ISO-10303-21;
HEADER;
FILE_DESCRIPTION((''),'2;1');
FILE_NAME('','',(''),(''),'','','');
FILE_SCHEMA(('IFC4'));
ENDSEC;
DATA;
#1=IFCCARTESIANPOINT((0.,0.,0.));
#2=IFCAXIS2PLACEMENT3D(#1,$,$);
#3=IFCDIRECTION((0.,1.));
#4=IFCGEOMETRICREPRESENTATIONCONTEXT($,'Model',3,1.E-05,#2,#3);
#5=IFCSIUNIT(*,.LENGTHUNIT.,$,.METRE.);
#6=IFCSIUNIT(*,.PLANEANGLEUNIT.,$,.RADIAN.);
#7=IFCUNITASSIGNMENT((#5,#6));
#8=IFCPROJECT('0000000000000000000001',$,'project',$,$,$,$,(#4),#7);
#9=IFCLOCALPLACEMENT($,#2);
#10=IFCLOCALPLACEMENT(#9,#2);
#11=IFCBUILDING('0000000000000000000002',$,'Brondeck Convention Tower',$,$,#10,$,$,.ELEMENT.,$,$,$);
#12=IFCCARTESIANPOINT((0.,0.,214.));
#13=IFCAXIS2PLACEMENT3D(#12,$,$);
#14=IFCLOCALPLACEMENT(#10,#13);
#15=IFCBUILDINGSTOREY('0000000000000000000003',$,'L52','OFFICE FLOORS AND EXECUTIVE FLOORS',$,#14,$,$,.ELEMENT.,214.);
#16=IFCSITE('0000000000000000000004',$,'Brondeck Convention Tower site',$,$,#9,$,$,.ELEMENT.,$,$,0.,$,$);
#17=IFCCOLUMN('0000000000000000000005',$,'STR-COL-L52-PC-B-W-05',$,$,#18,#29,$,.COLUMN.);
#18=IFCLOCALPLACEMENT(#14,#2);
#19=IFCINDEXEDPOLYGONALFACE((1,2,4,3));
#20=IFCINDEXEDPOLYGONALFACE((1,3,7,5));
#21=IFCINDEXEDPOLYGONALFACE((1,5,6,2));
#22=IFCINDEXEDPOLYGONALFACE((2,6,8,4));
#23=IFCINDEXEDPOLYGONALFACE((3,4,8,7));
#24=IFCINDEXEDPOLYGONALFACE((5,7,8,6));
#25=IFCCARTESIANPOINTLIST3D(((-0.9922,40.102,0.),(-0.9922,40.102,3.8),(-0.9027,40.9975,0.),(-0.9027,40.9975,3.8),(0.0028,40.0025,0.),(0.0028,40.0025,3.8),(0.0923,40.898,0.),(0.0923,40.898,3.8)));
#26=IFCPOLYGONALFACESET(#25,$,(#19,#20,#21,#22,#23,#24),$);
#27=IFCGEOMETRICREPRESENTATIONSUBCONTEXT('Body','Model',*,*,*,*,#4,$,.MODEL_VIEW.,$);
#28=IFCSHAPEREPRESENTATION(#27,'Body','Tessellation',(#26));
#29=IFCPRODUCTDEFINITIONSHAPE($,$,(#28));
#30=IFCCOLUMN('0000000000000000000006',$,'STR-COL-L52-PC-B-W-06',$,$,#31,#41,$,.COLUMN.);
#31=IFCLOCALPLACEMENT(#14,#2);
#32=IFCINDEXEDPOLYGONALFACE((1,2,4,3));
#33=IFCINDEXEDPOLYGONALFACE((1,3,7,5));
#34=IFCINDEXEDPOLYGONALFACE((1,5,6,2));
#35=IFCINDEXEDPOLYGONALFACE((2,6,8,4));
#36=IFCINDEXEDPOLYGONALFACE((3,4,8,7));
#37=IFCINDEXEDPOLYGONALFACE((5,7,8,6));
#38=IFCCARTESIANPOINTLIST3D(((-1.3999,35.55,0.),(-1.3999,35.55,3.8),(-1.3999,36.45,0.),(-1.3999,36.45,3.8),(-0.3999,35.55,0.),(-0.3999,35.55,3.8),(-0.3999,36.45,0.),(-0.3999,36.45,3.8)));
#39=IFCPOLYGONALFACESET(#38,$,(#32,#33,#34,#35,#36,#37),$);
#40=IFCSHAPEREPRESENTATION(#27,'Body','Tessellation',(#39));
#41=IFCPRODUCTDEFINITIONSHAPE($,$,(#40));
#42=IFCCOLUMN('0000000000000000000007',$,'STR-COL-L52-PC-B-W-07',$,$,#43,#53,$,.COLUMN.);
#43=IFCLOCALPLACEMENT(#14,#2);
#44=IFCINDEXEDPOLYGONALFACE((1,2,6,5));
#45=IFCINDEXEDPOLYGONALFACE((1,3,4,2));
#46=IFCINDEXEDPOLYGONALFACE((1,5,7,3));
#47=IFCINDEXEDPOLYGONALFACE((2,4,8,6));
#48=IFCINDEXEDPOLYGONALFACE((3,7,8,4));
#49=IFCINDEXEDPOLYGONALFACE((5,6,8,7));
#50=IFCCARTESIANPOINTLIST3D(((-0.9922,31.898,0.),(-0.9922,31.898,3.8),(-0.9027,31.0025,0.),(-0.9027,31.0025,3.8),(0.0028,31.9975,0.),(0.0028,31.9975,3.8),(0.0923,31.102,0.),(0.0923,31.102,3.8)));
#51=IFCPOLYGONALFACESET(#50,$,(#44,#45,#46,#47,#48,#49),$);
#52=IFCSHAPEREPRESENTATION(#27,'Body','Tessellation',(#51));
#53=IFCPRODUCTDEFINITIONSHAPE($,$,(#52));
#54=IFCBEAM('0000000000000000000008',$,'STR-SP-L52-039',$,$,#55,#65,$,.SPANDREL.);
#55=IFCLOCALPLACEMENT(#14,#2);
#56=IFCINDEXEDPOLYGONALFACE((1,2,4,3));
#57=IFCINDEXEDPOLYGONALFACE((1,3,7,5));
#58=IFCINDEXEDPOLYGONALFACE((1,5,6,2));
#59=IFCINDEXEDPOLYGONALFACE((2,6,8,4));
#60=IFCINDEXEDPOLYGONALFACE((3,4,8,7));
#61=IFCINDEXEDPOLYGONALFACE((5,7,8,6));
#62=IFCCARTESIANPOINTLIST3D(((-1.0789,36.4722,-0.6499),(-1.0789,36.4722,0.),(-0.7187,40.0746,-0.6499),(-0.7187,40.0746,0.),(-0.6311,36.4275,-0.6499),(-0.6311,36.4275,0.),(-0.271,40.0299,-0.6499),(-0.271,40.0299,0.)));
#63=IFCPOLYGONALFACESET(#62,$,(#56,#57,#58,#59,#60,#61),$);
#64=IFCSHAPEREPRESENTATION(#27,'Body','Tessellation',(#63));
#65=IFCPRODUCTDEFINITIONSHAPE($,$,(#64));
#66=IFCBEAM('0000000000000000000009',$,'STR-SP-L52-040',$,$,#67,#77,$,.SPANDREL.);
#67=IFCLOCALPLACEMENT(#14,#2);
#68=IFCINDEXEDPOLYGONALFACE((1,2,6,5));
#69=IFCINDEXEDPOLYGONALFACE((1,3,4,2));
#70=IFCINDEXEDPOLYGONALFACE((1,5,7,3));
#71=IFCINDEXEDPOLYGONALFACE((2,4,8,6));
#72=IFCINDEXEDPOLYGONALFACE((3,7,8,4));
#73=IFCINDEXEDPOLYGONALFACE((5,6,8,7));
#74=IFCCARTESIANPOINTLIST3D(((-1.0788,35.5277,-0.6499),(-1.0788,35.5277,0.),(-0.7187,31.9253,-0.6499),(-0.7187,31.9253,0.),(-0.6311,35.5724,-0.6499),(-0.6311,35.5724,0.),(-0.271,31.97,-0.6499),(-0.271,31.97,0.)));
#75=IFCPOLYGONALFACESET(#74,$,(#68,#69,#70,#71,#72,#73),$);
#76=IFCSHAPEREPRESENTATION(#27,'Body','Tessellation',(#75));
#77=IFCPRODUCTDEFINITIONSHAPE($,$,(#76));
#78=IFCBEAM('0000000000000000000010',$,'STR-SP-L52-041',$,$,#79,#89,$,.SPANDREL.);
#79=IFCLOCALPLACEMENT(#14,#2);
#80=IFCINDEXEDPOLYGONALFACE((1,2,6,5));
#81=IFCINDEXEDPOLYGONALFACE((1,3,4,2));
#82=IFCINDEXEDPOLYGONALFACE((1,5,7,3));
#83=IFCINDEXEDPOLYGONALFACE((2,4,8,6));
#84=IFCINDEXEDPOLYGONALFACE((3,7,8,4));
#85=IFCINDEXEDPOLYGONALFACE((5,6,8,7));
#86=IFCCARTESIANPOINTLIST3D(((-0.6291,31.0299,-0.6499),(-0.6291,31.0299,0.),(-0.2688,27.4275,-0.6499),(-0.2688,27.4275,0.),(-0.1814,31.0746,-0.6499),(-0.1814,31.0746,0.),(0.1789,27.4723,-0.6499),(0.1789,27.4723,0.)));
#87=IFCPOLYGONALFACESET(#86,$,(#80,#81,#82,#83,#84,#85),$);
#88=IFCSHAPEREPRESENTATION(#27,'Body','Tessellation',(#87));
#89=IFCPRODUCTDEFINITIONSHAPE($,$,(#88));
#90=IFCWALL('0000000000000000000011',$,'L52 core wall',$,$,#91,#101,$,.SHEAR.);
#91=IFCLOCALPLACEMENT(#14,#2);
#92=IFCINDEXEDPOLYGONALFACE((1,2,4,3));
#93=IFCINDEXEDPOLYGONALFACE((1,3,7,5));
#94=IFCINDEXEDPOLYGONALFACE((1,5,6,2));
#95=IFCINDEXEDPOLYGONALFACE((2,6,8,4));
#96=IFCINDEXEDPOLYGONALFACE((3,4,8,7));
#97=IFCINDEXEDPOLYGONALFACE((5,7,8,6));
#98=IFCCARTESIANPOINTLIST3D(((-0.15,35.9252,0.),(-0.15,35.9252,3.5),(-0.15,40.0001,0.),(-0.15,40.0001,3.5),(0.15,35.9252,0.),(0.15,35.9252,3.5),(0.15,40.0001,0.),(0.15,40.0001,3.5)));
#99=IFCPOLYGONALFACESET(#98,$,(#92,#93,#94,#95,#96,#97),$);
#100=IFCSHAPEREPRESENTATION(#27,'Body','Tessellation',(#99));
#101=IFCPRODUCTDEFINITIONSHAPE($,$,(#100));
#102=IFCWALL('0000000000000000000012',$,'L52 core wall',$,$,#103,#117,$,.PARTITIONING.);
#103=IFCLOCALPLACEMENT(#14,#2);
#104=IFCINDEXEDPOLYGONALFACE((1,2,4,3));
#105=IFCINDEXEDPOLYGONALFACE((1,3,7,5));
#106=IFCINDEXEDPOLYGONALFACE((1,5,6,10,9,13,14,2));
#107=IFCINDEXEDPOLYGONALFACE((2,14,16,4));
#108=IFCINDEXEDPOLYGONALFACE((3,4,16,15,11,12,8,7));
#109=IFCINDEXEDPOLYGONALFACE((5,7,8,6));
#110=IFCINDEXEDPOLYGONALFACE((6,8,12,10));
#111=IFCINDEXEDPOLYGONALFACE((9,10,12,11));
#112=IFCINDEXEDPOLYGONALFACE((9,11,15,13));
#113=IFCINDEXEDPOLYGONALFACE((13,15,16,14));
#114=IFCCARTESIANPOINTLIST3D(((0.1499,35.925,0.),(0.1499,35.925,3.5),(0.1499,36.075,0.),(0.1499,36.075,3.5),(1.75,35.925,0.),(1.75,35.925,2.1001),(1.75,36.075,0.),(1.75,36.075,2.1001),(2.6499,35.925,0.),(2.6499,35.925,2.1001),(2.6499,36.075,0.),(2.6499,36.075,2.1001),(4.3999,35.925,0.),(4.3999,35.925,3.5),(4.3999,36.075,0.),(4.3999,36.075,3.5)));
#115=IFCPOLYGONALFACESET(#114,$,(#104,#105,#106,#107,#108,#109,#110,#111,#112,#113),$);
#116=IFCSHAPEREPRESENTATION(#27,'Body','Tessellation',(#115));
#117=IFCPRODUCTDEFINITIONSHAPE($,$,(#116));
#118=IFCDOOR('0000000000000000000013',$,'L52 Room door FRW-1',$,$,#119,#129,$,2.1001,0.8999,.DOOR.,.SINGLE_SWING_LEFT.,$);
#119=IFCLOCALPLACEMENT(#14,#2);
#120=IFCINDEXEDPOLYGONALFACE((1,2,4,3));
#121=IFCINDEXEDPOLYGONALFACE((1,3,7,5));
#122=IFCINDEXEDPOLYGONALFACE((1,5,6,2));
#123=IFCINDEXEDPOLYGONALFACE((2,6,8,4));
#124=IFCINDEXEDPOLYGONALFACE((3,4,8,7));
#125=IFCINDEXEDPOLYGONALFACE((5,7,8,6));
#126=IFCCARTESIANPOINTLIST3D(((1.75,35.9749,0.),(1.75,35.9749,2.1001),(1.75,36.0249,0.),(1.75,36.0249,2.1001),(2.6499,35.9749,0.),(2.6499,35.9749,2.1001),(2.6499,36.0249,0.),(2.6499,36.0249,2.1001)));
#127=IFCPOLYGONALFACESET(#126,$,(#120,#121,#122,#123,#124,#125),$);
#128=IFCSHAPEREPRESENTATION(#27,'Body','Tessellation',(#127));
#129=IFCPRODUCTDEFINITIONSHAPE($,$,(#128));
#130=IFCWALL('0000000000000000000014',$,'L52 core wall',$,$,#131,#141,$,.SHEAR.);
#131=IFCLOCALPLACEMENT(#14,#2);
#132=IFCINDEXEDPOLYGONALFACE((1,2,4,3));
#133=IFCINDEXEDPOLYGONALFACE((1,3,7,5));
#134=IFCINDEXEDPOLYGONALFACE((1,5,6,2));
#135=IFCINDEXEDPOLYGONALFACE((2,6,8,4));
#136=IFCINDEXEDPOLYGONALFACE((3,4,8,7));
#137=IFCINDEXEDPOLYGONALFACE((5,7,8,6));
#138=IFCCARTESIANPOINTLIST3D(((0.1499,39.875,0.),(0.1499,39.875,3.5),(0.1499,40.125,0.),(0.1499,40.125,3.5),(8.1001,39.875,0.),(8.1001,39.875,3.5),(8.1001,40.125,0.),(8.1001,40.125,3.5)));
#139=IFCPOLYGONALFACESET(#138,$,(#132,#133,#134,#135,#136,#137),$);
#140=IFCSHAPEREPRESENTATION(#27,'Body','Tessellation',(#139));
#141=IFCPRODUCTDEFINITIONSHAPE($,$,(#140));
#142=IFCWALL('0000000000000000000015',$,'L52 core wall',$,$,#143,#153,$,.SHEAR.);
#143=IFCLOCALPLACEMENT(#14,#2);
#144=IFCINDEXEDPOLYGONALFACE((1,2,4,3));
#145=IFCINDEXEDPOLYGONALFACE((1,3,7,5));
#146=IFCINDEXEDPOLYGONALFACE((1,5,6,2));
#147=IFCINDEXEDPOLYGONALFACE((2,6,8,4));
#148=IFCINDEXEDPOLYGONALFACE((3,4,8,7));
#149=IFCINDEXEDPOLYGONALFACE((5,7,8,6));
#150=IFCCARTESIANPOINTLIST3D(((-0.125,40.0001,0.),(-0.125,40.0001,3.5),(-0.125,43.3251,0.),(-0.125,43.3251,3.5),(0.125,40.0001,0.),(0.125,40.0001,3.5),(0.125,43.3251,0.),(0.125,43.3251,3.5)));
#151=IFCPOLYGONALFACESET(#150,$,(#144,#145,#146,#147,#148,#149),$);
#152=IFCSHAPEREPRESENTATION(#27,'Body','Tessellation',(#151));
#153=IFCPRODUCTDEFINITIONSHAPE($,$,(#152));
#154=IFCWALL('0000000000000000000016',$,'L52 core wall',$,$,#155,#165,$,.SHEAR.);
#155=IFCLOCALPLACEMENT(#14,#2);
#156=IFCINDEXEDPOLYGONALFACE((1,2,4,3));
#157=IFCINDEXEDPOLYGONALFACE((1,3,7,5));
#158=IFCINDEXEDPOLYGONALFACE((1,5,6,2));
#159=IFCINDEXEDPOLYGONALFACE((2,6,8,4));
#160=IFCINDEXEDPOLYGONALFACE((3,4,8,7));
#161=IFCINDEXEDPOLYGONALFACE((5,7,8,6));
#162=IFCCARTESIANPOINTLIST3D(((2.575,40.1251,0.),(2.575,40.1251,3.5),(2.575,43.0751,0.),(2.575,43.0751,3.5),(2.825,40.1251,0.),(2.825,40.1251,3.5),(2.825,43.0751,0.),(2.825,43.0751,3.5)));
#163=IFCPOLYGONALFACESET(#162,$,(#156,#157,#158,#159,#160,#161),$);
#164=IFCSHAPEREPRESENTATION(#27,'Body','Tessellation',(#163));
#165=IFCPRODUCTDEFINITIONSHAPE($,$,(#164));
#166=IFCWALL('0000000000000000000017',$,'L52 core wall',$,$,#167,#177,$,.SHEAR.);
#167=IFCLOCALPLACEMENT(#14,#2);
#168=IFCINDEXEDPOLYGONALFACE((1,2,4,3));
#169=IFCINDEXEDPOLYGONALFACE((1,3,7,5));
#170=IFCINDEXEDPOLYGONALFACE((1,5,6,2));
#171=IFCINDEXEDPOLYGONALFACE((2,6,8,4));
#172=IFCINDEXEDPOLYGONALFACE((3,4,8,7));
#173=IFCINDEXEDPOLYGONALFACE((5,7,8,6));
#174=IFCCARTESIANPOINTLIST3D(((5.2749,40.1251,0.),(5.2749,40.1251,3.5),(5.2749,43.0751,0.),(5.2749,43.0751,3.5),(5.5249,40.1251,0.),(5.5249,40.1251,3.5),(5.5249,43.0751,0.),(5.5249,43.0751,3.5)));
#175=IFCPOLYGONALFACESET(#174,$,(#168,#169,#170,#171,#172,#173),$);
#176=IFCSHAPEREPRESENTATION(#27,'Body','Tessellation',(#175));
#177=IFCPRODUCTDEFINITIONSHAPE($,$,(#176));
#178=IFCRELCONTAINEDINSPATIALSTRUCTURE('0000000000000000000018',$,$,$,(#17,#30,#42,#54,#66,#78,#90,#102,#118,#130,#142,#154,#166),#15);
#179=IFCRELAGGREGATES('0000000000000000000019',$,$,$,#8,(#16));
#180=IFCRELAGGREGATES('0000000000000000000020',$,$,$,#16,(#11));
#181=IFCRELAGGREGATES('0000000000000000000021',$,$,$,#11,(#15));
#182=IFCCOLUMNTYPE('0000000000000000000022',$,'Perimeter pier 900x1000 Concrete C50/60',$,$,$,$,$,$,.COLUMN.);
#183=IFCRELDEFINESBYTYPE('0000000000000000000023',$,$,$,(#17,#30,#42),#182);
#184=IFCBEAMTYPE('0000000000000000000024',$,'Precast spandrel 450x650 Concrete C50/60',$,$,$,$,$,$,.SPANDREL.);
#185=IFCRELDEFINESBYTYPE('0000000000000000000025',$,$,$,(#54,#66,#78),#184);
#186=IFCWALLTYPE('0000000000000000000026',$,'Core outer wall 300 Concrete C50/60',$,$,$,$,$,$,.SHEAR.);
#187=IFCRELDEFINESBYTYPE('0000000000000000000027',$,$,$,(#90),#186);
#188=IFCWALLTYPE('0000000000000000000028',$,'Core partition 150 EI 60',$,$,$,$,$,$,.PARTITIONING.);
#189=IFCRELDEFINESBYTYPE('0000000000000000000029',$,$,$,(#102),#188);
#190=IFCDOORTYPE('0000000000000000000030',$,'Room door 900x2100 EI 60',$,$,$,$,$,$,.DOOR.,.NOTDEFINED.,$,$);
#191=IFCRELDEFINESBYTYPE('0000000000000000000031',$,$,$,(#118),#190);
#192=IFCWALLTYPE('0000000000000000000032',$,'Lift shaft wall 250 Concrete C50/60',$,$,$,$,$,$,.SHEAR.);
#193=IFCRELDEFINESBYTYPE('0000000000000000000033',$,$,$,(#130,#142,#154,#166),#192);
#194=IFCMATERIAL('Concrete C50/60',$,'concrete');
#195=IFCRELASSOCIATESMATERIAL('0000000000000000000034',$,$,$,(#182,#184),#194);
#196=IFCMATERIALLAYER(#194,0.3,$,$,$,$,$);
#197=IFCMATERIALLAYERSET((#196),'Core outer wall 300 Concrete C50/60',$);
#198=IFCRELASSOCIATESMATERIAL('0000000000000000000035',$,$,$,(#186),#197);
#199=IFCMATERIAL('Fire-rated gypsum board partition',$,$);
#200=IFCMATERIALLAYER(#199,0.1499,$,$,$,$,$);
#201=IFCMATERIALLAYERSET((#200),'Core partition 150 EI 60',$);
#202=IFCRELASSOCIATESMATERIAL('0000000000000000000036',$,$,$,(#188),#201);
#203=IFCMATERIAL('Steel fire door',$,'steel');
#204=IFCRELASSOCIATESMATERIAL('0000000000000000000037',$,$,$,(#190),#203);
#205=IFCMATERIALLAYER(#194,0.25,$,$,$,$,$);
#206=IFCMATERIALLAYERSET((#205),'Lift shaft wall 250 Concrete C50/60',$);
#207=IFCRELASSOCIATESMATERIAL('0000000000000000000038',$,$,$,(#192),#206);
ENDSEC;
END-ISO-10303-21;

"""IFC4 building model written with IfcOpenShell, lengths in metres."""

from ifc_helpers import new_model, si_unit, direction, frame, frame_2d, origin, origin_2d, place, context, subcontext, project, spatial, rectangle, extrude, material, layer, layer_set, material_profile, profile_set, type_object, element, fill, save


model = new_model("IFC4")

# Units and contexts
model_context = context("Model", 3, precision=1e-05, world=origin(), true_north=direction((0.0, 1.0)))
body_context = subcontext(model_context, "Body", "Model", "MODEL_VIEW")
ifc_project = project(units=[si_unit("LENGTHUNIT", "METRE"), si_unit("PLANEANGLEUNIT", "RADIAN")], contexts=[model_context])

# Site, building, storey
site_placement = place(None, origin())
site = spatial("IfcSite", under=ifc_project, at=site_placement, Name="Brondeck Convention Tower site", CompositionType="ELEMENT", RefElevation=0.0)
building_placement = place(site_placement, origin())
building = spatial("IfcBuilding", under=site, at=building_placement, Name="Brondeck Convention Tower", CompositionType="ELEMENT")
storey_placement = place(building_placement, frame((0.0, 0.0, 214.0)))
storey = spatial("IfcBuildingStorey", under=building, at=storey_placement, Name="L52", Description="OFFICE FLOORS AND EXECUTIVE FLOORS", CompositionType="ELEMENT", Elevation=214.0)

# Columns
ifc_material_1 = material(Name="Concrete C50/60", Category="concrete")
ifc_material_profile_1 = material_profile(ifc_material_1, rectangle(XDim=0.8999, YDim=1.0, at=origin_2d()), Name="Perimeter pier 900x1000 Concrete C50/60")
ifc_profile_set_1 = profile_set([ifc_material_profile_1], Name="Concrete C50/60")
column_type = type_object("IfcColumnType", Name="Perimeter pier 900x1000 Concrete C50/60", PredefinedType="COLUMN", material=ifc_profile_set_1)
for number, where, z_axis, x_axis, name in (
    (1, (-0.45, 40.5, 0.0), (0.0, 0.0, 1.0), (-0.099504, -0.995037, 0.0), "STR-COL-L52-PC-B-W-05"),
    (2, (-0.8999, 36.0, 0.0), (0.0, 0.0, 1.0), (0.0, -1.0, 0.0), "STR-COL-L52-PC-B-W-06"),
    (3, (-0.45, 31.5, 0.0), (0.0, 0.0, 1.0), (0.099504, -0.995037, 0.0), "STR-COL-L52-PC-B-W-07"),
):
    element("IfcColumn", number, at=place(storey_placement, frame(where, z_axis=z_axis, x_axis=x_axis)), inside=storey, type_object=column_type, Name=name, PredefinedType="COLUMN", context=body_context, shape_type="SweptSolid", body=[
        extrude(rectangle(XDim=0.8999, YDim=1.0, at=origin_2d()), origin(), (0.0, 0.0, 1.0), 3.8),
    ])

# Beams
ifc_material_profile_2 = material_profile(ifc_material_1, rectangle(XDim=0.45, YDim=0.6499, at=origin_2d()), Name="Precast spandrel 450x650 Concrete C50/60")
ifc_profile_set_2 = profile_set([ifc_material_profile_2], Name="Concrete C50/60")
beam_type = type_object("IfcBeamType", Name="Precast spandrel 450x650 Concrete C50/60", PredefinedType="SPANDREL", material=ifc_profile_set_2)
for number, where, z_axis, x_axis, name in (
    (4, (-0.4949, 40.0522, -0.325), (-0.09947, -0.995041, 0.0), (0.995041, -0.09947, 0.0), "STR-SP-L52-039"),
    (5, (-0.855, 35.55, -0.325), (0.09947, -0.995041, 0.0), (0.995041, 0.09947, 0.0), "STR-SP-L52-040"),
    (6, (-0.4053, 31.0522, -0.325), (0.099537, -0.995034, 0.0), (0.995034, 0.099537, 0.0), "STR-SP-L52-041"),
):
    element("IfcBeam", number, at=place(storey_placement, frame(where, z_axis=z_axis, x_axis=x_axis)), inside=storey, type_object=beam_type, Name=name, PredefinedType="SPANDREL", context=body_context, shape_type="SweptSolid", body=[
        extrude(rectangle(XDim=0.45, YDim=0.6499, at=origin_2d()), origin(), (0.0, 0.0, 1.0), 3.6204),
    ])

# Wall
ifc_layer_1 = layer(ifc_material_1, 0.3)
ifc_layer_set_1 = layer_set([ifc_layer_1], Name="Core outer wall 300 Concrete C50/60")
wall_type_1 = type_object("IfcWallType", Name="Core outer wall 300 Concrete C50/60", PredefinedType="SHEAR", material=ifc_layer_set_1)
wall_1_placement = place(storey_placement, frame((0.0, 35.925, 0.0), z_axis=(0.0, 0.0, 1.0), x_axis=(0.0, 1.0, 0.0)))
element("IfcWall", 7, at=wall_1_placement, inside=storey, type_object=wall_type_1, Name="L52 core wall", PredefinedType="SHEAR", context=body_context, shape_type="SweptSolid", body=[
    extrude(rectangle(XDim=4.075, YDim=0.3, at=frame_2d((2.0376, 0.0))), origin(), (0.0, 0.0, 1.0), 3.5),
])

# Wall, opening, door
ifc_material_2 = material(Name="Fire-rated gypsum board partition")
ifc_layer_2 = layer(ifc_material_2, 0.1499)
ifc_layer_set_2 = layer_set([ifc_layer_2], Name="Core partition 150 EI 60")
wall_type_2 = type_object("IfcWallType", Name="Core partition 150 EI 60", PredefinedType="PARTITIONING", material=ifc_layer_set_2)
wall_2_placement = place(storey_placement, frame((0.1499, 36.0, 0.0), z_axis=(0.0, 0.0, 1.0), x_axis=(1.0, 0.0, 0.0)))
wall_2 = element("IfcWall", 8, at=wall_2_placement, inside=storey, type_object=wall_type_2, Name="L52 core wall", PredefinedType="PARTITIONING", context=body_context, shape_type="SweptSolid", body=[
    extrude(rectangle(XDim=4.25, YDim=0.1499, at=frame_2d((2.125, 0.0))), origin(), (0.0, 0.0, 1.0), 3.5),
])
opening_1_placement = place(wall_2_placement, frame((1.6001, 0.0, 0.0)))
opening_1 = element("IfcOpeningElement", 9, at=opening_1_placement, cuts=wall_2, PredefinedType="OPENING", context=body_context, shape_type="SweptSolid", body=[
    extrude(rectangle(XDim=0.8999, YDim=2.1001, at=frame_2d((0.45, 1.05))), frame((0.0, 0.085, 0.0), z_axis=(0.0, -1.0, 0.0), x_axis=(1.0, 0.0, 0.0)), (0.0, 0.0, 1.0), 0.1699),
])
ifc_material_3 = material(Name="Steel fire door", Category="steel")
door_type_1 = type_object("IfcDoorType", Name="Room door 900x2100 EI 60", OperationType="NOTDEFINED", PredefinedType="DOOR", material=ifc_material_3)
door_1_placement = place(opening_1_placement, origin())
door_1 = element("IfcDoor", 10, at=door_1_placement, inside=storey, type_object=door_type_1, Name="L52 Room door FRW-1", OperationType="SINGLE_SWING_LEFT", OverallHeight=2.1001, OverallWidth=0.8999, PredefinedType="DOOR", context=body_context, shape_type="SweptSolid", body=[
    extrude(rectangle(XDim=0.8999, YDim=2.1001, at=frame_2d((0.45, 1.05))), frame((0.0, 0.0249, 0.0), z_axis=(0.0, -1.0, 0.0), x_axis=(1.0, 0.0, 0.0)), (0.0, 0.0, 1.0), 0.05),
])
fill(opening_1, door_1)

# Walls
ifc_layer_3 = layer(ifc_material_1, 0.25)
ifc_layer_set_3 = layer_set([ifc_layer_3], Name="Lift shaft wall 250 Concrete C50/60")
wall_type_3 = type_object("IfcWallType", Name="Lift shaft wall 250 Concrete C50/60", PredefinedType="SHEAR", material=ifc_layer_set_3)
wall_3_placement = place(storey_placement, frame((0.1499, 40.0, 0.0), z_axis=(0.0, 0.0, 1.0), x_axis=(1.0, 0.0, 0.0)))
element("IfcWall", 11, at=wall_3_placement, inside=storey, type_object=wall_type_3, Name="L52 core wall", PredefinedType="SHEAR", context=body_context, shape_type="SweptSolid", body=[
    extrude(rectangle(XDim=7.9502, YDim=0.25, at=frame_2d((3.9751, 0.0))), origin(), (0.0, 0.0, 1.0), 3.5),
])
wall_4_placement = place(storey_placement, frame((0.0, 40.0, 0.0), z_axis=(0.0, 0.0, 1.0), x_axis=(0.0, 1.0, 0.0)))
element("IfcWall", 12, at=wall_4_placement, inside=storey, type_object=wall_type_3, Name="L52 core wall", PredefinedType="SHEAR", context=body_context, shape_type="SweptSolid", body=[
    extrude(rectangle(XDim=3.325, YDim=0.25, at=frame_2d((1.6626, 0.0))), origin(), (0.0, 0.0, 1.0), 3.5),
])
for number, where, z_axis, x_axis, name in (
    (13, (2.7, 40.125, 0.0), (0.0, 0.0, 1.0), (0.0, 1.0, 0.0), "L52 core wall"),
    (14, (5.3999, 40.125, 0.0), (0.0, 0.0, 1.0), (0.0, 1.0, 0.0), "L52 core wall"),
):
    element("IfcWall", number, at=place(storey_placement, frame(where, z_axis=z_axis, x_axis=x_axis)), inside=storey, type_object=wall_type_3, Name=name, PredefinedType="SHEAR", context=body_context, shape_type="SweptSolid", body=[
        extrude(rectangle(XDim=2.95, YDim=0.25, at=frame_2d((1.4751, 0.0))), origin(), (0.0, 0.0, 1.0), 3.5),
    ])

save(model, "model.ifc")
